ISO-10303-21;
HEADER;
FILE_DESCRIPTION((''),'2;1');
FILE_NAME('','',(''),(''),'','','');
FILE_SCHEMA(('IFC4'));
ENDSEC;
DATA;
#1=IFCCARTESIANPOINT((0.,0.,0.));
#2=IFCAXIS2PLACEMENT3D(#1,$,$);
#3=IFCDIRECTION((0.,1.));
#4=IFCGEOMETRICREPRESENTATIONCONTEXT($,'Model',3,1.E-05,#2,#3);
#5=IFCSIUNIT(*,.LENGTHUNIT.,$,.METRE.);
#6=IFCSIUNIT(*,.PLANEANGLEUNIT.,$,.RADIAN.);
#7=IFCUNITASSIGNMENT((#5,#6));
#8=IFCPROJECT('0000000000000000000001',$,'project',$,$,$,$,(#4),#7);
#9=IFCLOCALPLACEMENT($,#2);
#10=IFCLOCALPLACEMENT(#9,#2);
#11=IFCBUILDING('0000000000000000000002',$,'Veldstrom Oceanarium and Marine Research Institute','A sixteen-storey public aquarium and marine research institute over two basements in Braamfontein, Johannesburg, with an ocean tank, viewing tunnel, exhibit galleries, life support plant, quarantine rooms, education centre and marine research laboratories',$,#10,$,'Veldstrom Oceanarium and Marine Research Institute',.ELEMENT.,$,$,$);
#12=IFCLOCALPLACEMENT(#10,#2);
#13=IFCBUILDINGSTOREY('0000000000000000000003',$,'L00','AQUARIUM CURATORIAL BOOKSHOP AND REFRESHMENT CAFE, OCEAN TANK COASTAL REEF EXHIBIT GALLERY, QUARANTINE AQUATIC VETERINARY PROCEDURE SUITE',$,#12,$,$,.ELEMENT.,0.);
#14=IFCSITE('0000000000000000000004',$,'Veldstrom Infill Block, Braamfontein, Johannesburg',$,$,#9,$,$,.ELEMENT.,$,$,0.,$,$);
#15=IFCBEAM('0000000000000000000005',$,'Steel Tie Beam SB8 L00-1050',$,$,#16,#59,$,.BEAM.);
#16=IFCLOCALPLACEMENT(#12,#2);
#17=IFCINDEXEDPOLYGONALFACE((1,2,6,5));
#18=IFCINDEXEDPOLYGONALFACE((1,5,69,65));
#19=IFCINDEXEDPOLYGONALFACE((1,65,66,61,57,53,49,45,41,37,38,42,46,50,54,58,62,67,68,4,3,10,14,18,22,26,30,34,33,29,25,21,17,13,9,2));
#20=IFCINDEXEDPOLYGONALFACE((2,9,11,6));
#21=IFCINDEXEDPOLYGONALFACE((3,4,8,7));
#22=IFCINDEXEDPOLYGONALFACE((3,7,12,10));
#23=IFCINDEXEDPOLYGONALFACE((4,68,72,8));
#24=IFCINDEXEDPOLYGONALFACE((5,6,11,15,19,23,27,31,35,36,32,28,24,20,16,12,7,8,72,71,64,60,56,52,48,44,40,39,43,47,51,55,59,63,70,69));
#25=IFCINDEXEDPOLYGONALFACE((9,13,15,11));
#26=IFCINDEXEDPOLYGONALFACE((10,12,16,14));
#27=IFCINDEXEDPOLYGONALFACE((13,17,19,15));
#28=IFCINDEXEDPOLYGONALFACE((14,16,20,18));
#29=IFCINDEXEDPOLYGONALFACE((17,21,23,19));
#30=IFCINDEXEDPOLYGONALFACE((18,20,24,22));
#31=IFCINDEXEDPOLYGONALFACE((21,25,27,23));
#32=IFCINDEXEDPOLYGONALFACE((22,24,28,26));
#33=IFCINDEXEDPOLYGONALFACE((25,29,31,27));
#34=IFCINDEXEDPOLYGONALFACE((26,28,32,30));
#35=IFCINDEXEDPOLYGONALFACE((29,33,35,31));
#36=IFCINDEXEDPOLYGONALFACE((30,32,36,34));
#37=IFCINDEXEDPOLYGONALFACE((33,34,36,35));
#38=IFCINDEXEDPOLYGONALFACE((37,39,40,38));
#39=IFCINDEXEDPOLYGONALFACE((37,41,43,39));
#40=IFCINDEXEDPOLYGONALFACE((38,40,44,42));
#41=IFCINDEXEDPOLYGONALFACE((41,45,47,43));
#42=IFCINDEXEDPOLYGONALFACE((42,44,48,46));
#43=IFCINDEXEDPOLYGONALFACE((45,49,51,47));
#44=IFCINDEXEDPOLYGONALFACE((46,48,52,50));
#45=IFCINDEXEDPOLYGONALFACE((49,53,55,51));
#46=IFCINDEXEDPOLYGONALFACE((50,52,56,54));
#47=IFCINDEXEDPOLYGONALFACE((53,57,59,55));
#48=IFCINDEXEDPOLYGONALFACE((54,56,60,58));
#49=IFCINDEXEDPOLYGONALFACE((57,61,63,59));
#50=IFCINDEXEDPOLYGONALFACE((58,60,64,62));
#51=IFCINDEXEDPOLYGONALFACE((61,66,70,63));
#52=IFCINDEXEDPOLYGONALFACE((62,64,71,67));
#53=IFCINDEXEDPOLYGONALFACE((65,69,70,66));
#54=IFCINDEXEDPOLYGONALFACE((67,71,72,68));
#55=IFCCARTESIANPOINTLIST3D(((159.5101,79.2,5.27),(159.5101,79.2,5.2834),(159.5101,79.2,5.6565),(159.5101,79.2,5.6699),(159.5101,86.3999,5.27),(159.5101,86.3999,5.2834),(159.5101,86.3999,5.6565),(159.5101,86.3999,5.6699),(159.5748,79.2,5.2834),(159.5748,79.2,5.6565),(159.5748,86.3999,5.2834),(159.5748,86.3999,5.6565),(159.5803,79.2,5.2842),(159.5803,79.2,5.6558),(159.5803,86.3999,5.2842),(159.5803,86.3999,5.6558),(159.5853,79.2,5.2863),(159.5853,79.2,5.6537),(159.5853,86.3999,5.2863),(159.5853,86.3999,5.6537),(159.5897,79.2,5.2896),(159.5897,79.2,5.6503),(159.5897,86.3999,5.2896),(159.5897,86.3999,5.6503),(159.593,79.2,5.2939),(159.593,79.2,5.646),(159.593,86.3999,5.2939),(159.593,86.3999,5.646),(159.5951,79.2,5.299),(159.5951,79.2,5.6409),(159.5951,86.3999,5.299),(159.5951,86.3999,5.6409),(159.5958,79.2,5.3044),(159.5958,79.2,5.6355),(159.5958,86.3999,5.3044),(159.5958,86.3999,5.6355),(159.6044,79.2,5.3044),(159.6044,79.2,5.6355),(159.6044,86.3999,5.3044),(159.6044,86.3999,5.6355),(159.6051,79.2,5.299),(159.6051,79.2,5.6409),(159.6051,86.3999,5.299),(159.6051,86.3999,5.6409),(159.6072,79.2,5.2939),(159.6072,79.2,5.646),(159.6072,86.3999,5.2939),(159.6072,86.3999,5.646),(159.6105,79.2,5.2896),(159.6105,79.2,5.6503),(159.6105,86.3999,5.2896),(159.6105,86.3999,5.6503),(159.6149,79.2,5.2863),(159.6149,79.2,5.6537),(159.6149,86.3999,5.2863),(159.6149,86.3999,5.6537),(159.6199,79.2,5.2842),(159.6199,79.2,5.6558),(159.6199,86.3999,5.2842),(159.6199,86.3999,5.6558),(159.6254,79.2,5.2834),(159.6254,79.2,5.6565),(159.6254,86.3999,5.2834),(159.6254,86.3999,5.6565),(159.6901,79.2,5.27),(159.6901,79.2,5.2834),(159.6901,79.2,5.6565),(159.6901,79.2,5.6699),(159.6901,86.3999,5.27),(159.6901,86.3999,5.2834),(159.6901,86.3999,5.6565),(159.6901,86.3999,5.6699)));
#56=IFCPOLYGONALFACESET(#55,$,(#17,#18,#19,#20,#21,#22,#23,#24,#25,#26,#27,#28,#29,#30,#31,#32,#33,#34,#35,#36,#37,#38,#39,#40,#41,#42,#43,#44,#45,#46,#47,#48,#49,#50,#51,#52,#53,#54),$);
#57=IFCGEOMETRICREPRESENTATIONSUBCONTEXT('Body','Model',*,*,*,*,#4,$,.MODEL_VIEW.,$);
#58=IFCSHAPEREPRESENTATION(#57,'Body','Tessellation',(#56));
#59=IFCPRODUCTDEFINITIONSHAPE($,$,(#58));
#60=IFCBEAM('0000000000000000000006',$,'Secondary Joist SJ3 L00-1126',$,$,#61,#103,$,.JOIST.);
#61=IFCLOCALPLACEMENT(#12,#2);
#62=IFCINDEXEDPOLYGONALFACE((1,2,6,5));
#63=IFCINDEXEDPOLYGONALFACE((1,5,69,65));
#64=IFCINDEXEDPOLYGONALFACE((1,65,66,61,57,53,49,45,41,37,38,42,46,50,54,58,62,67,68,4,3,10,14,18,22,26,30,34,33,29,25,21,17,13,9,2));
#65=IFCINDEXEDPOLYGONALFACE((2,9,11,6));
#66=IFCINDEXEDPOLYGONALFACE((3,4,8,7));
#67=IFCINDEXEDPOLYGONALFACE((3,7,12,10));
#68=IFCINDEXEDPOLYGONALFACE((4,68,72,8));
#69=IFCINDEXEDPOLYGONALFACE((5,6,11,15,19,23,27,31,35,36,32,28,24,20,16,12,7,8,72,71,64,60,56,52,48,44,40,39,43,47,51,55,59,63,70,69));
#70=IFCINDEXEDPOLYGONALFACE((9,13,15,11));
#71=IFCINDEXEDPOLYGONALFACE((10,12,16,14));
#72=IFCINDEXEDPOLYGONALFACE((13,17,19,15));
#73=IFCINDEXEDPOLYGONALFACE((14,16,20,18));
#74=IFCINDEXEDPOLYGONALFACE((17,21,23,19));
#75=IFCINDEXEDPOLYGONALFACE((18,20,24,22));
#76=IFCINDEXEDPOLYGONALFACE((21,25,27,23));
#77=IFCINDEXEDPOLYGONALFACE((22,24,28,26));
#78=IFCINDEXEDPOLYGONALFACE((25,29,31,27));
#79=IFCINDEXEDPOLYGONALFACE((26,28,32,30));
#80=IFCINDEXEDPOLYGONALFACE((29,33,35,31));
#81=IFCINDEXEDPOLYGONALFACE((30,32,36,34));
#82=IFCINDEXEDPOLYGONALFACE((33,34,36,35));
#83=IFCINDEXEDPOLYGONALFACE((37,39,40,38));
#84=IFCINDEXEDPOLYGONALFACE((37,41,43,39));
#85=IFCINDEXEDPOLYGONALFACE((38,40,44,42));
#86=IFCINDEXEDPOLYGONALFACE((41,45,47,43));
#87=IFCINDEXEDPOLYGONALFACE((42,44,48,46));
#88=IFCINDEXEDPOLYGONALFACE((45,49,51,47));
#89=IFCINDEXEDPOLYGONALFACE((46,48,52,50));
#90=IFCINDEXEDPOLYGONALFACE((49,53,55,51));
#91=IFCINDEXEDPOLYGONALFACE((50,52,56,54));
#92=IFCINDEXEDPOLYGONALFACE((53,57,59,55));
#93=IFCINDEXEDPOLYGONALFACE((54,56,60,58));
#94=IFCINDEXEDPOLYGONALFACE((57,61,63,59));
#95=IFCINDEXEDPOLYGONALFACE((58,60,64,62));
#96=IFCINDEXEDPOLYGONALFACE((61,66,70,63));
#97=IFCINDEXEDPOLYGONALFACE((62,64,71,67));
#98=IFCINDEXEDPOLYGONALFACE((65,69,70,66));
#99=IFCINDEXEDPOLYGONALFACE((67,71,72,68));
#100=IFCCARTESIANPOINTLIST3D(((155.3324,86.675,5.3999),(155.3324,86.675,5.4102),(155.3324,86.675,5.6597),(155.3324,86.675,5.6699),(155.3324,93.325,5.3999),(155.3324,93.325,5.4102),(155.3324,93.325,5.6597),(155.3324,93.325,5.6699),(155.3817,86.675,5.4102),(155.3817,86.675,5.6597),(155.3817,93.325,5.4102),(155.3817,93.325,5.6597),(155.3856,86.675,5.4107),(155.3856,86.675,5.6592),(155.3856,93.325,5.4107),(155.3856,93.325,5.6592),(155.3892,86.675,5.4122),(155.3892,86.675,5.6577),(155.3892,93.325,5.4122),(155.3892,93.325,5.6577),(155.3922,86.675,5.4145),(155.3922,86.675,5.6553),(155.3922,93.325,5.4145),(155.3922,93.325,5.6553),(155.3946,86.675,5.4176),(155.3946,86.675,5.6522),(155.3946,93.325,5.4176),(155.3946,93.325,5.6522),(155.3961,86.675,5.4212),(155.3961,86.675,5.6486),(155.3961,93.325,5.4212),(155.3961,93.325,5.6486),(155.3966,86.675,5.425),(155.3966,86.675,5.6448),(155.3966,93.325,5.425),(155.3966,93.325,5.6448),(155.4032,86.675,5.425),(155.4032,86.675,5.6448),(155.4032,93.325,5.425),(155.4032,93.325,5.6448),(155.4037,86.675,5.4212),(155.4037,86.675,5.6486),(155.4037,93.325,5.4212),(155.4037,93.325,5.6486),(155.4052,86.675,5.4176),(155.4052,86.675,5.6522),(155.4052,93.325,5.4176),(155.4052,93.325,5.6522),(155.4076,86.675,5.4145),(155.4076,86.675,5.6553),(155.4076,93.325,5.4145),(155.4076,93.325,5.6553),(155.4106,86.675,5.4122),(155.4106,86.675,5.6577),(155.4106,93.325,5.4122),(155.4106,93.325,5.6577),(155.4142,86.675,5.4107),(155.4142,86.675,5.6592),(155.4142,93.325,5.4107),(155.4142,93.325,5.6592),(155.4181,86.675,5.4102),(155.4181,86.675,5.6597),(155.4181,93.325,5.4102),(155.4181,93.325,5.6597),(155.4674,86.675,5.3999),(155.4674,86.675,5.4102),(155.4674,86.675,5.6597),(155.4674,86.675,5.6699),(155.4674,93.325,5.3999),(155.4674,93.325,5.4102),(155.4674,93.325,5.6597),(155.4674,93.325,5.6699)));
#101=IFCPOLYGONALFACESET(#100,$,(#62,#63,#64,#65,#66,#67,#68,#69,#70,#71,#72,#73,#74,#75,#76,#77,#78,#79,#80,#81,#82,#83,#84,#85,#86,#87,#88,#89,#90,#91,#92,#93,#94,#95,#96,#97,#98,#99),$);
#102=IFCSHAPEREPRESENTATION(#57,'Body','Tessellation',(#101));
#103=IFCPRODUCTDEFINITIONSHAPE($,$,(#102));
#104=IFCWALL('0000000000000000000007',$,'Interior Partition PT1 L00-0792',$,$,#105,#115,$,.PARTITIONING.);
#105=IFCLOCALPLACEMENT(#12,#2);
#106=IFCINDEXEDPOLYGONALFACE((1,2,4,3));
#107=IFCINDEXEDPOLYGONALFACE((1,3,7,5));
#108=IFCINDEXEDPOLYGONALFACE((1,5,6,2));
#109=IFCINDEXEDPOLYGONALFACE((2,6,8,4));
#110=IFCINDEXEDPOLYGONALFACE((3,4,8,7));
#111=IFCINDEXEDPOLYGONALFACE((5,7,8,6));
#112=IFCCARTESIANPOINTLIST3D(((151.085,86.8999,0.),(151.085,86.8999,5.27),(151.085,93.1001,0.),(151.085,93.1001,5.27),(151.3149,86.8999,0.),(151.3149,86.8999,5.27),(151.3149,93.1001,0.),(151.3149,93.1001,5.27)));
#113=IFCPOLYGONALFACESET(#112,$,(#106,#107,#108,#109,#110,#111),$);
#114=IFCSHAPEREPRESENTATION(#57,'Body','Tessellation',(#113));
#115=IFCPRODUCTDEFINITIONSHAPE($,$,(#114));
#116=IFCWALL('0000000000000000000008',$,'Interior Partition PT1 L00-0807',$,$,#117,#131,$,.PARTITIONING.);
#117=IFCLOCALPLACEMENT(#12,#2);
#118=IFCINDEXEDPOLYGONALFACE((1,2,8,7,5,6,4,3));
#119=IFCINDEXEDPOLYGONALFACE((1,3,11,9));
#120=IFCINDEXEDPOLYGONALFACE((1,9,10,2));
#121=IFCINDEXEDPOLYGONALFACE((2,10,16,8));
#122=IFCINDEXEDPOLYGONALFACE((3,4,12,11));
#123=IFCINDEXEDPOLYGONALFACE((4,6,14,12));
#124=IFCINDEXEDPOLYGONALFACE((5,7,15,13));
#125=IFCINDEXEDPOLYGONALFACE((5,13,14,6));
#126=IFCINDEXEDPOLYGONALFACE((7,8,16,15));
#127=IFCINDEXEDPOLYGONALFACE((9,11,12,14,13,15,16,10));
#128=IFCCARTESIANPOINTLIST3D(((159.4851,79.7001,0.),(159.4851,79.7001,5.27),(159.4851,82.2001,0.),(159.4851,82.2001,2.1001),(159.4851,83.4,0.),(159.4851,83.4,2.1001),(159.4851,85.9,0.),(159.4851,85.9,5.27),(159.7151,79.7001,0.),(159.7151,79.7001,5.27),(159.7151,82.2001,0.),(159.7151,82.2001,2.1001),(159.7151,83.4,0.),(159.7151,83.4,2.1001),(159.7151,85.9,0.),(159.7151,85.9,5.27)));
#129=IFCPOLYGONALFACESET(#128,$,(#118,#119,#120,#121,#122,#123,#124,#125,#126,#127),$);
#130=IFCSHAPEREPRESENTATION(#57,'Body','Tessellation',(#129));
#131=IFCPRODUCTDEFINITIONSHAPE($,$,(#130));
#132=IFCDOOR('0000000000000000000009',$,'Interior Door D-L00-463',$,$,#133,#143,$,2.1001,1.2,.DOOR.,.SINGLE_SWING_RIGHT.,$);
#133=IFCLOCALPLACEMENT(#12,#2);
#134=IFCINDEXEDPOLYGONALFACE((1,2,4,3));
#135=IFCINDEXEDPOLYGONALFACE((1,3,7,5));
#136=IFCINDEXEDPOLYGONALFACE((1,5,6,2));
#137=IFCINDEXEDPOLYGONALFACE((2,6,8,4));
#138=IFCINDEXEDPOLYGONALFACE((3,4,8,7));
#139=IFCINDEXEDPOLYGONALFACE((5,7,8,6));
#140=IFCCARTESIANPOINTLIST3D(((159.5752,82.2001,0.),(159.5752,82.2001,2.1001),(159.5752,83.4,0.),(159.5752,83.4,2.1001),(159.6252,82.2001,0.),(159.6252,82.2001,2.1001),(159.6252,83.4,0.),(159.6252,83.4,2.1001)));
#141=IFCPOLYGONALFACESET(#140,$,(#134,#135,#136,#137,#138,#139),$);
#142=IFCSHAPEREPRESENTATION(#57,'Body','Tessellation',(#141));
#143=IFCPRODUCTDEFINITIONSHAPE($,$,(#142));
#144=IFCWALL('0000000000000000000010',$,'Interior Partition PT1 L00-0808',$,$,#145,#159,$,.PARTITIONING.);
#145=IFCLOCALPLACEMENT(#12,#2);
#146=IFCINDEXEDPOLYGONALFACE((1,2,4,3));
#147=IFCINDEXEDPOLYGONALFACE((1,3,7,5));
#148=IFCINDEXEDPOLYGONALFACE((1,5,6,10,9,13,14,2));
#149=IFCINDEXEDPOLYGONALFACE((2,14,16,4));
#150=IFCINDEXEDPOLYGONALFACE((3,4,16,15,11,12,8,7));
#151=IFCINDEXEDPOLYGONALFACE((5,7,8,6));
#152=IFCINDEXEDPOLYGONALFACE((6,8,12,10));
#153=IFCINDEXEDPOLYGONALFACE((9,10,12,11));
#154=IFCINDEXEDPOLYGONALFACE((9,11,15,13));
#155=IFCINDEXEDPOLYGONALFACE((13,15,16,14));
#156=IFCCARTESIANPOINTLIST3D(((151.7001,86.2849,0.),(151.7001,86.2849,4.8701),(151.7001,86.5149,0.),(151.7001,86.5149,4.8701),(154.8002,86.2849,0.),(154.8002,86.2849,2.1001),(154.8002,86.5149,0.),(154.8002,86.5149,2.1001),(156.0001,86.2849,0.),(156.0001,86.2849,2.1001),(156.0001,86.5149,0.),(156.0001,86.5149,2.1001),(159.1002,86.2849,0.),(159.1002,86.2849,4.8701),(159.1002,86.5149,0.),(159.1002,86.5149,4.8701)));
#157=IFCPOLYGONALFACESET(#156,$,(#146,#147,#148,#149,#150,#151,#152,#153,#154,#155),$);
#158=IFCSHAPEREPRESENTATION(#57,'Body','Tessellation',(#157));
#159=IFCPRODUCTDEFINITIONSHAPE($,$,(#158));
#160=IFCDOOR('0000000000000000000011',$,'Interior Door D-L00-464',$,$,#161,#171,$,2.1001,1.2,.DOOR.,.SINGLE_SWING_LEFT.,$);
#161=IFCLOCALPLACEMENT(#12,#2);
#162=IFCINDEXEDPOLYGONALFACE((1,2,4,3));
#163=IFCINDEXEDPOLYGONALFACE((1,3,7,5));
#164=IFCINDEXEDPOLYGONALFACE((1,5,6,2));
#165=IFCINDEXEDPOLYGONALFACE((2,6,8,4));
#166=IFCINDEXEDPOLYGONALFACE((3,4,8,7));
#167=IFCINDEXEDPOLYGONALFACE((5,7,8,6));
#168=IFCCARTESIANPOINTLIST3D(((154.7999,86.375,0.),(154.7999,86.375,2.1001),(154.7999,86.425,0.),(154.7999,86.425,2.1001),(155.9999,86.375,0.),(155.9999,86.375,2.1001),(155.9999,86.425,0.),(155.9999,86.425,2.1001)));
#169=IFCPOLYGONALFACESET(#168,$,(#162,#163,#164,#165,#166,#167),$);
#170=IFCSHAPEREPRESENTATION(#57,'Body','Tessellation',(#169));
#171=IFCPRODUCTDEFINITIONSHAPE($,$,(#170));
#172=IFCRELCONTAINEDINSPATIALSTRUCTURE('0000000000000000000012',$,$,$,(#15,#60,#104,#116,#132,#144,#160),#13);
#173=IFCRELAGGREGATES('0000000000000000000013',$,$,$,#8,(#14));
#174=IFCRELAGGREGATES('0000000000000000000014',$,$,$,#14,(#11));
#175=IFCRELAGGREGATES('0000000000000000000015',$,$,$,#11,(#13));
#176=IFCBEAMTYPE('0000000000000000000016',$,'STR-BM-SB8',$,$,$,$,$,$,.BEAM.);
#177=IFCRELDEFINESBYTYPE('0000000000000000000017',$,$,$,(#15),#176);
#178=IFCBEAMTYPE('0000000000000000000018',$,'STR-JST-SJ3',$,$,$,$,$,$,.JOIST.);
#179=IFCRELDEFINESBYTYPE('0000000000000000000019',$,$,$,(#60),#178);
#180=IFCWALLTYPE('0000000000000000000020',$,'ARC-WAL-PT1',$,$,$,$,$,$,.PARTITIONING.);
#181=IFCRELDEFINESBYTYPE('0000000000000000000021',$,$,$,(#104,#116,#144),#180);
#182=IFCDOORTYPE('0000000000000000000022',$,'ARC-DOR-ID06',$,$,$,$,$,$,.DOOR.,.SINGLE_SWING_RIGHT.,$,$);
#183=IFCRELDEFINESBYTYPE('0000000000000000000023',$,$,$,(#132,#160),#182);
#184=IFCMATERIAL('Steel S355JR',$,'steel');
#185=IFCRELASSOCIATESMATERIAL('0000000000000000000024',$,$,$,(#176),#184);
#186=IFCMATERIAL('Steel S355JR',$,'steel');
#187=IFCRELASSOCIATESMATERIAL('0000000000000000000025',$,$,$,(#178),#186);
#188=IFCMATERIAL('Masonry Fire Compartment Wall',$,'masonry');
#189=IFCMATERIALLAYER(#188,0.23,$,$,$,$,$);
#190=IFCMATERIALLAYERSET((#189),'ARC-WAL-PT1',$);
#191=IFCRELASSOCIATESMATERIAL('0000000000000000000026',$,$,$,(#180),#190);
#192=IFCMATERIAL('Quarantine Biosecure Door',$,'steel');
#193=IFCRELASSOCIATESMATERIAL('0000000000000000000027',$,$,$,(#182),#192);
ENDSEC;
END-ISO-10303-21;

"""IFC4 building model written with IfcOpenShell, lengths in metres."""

from ifc_helpers import new_model, si_unit, direction, frame, frame_2d, origin, origin_2d, place, context, subcontext, project, spatial, rectangle, i_section, extrude, material, layer, layer_set, material_profile, profile_set, type_object, element, fill, save


model = new_model("IFC4")

# Units and contexts
model_context = context("Model", 3, precision=1e-05, world=origin(), true_north=direction((0.0, 1.0)))
body_context = subcontext(model_context, "Body", "Model", "MODEL_VIEW")
ifc_project = project(units=[si_unit("LENGTHUNIT", "METRE"), si_unit("PLANEANGLEUNIT", "RADIAN")], contexts=[model_context])

# Site, building, storey
site_placement = place(None, origin())
site = spatial("IfcSite", under=ifc_project, at=site_placement, Name="Veldstrom Infill Block, Braamfontein, Johannesburg", CompositionType="ELEMENT", RefElevation=0.0)
building_placement = place(site_placement, origin())
building = spatial("IfcBuilding", under=site, at=building_placement, Name="Veldstrom Oceanarium and Marine Research Institute", Description="A sixteen-storey public aquarium and marine research institute over two basements in Braamfontein, Johannesburg, with an ocean tank, viewing tunnel, exhibit galleries, life support plant, quarantine rooms, education centre and marine research laboratories", LongName="Veldstrom Oceanarium and Marine Research Institute", CompositionType="ELEMENT")
storey_placement = place(building_placement, origin())
storey = spatial("IfcBuildingStorey", under=building, at=storey_placement, Name="L00", Description="AQUARIUM CURATORIAL BOOKSHOP AND REFRESHMENT CAFE, OCEAN TANK COASTAL REEF EXHIBIT GALLERY, QUARANTINE AQUATIC VETERINARY PROCEDURE SUITE", CompositionType="ELEMENT", Elevation=0.0)

# Beams
ifc_material_1 = material(Name="Steel S355JR", Category="steel")
ifc_material_profile_1 = material_profile(ifc_material_1, i_section(OverallWidth=0.1799, OverallDepth=0.3999, WebThickness=0.0085, FlangeThickness=0.0134, FilletRadius=0.021, at=origin_2d()), Name="IPE 400")
ifc_profile_set_1 = profile_set([ifc_material_profile_1], Name="Steel S355JR")
beam_type_1 = type_object("IfcBeamType", Name="STR-BM-SB8", PredefinedType="BEAM", material=ifc_profile_set_1)
beam_1_placement = place(storey_placement, frame((159.6001, 79.2, 5.47), z_axis=(0.0, 1.0, 0.0), x_axis=(-1.0, 0.0, 0.0)))
element("IfcBeam", 1, at=beam_1_placement, inside=storey, type_object=beam_type_1, Name="Steel Tie Beam SB8 L00-1050", PredefinedType="BEAM", context=body_context, shape_type="SweptSolid", body=[
    extrude(i_section(OverallWidth=0.1799, OverallDepth=0.3999, WebThickness=0.0085, FlangeThickness=0.0134, FilletRadius=0.021, at=origin_2d()), origin(), (0.0, 0.0, 1.0), 7.2),
])
ifc_material_2 = material(Name="Steel S355JR", Category="steel")
ifc_material_profile_2 = material_profile(ifc_material_2, i_section(OverallWidth=0.135, OverallDepth=0.27, WebThickness=0.0066, FlangeThickness=0.0103, FilletRadius=0.0149, at=origin_2d()), Name="IPE 270")
ifc_profile_set_2 = profile_set([ifc_material_profile_2], Name="Steel S355JR")
beam_type_2 = type_object("IfcBeamType", Name="STR-JST-SJ3", PredefinedType="JOIST", material=ifc_profile_set_2)
beam_2_placement = place(storey_placement, frame((155.3999, 86.675, 5.5349), z_axis=(0.0, 1.0, 0.0), x_axis=(-1.0, 0.0, 0.0)))
element("IfcBeam", 2, at=beam_2_placement, inside=storey, type_object=beam_type_2, Name="Secondary Joist SJ3 L00-1126", PredefinedType="JOIST", context=body_context, shape_type="SweptSolid", body=[
    extrude(i_section(OverallWidth=0.135, OverallDepth=0.27, WebThickness=0.0066, FlangeThickness=0.0103, FilletRadius=0.0149, at=origin_2d()), origin(), (0.0, 0.0, 1.0), 6.6499),
])

# Wall
ifc_material_3 = material(Name="Masonry Fire Compartment Wall", Category="masonry")
ifc_layer_1 = layer(ifc_material_3, 0.23)
ifc_layer_set_1 = layer_set([ifc_layer_1], Name="ARC-WAL-PT1")
wall_type_1 = type_object("IfcWallType", Name="ARC-WAL-PT1", PredefinedType="PARTITIONING", material=ifc_layer_set_1)
wall_1_placement = place(storey_placement, frame((151.2, 86.8999, 0.0), z_axis=(0.0, 0.0, 1.0), x_axis=(0.0, 1.0, 0.0)))
element("IfcWall", 3, at=wall_1_placement, inside=storey, type_object=wall_type_1, Name="Interior Partition PT1 L00-0792", PredefinedType="PARTITIONING", context=body_context, shape_type="SweptSolid", body=[
    extrude(rectangle(XDim=6.2002, YDim=0.23, at=frame_2d((3.1001, 0.0))), origin(), (0.0, 0.0, 1.0), 5.27),
])

# Walls, openings, doors
wall_2_placement = place(storey_placement, frame((159.6001, 79.7, 0.0), z_axis=(0.0, 0.0, 1.0), x_axis=(0.0, 1.0, 0.0)))
wall_2 = element("IfcWall", 4, at=wall_2_placement, inside=storey, type_object=wall_type_1, Name="Interior Partition PT1 L00-0807", PredefinedType="PARTITIONING", context=body_context, shape_type="SweptSolid", body=[
    extrude(rectangle(XDim=6.2, YDim=0.23, at=frame_2d((3.1001, 0.0))), origin(), (0.0, 0.0, 1.0), 5.27),
])
opening_1_placement = place(wall_2_placement, frame((2.5, 0.0, 0.0)))
opening_1 = element("IfcOpeningElement", 5, at=opening_1_placement, cuts=wall_2, PredefinedType="OPENING", context=body_context, shape_type="SweptSolid", body=[
    extrude(rectangle(XDim=1.2, YDim=2.1001, at=frame_2d((0.6001, 1.05))), frame((0.0, 0.125, 0.0), z_axis=(0.0, -1.0, 0.0), x_axis=(1.0, 0.0, 0.0)), (0.0, 0.0, 1.0), 0.25),
])
ifc_material_4 = material(Name="Quarantine Biosecure Door", Category="steel")
door_type = type_object("IfcDoorType", Name="ARC-DOR-ID06", OperationType="SINGLE_SWING_RIGHT", PredefinedType="DOOR", material=ifc_material_4)
door_1_placement = place(opening_1_placement, origin())
door_1 = element("IfcDoor", 6, at=door_1_placement, inside=storey, type_object=door_type, Name="Interior Door D-L00-463", OperationType="SINGLE_SWING_RIGHT", OverallHeight=2.1001, OverallWidth=1.2, PredefinedType="DOOR", context=body_context, shape_type="SweptSolid", body=[
    extrude(rectangle(XDim=1.2, YDim=2.1001, at=frame_2d((0.6001, 1.05))), frame((0.0, 0.0249, 0.0), z_axis=(0.0, -1.0, 0.0), x_axis=(1.0, 0.0, 0.0)), (0.0, 0.0, 1.0), 0.05),
])
fill(opening_1, door_1)
wall_3_placement = place(storey_placement, frame((151.7, 86.3999, 0.0), z_axis=(0.0, 0.0, 1.0), x_axis=(1.0, 0.0, 0.0)))
wall_3 = element("IfcWall", 7, at=wall_3_placement, inside=storey, type_object=wall_type_1, Name="Interior Partition PT1 L00-0808", PredefinedType="PARTITIONING", context=body_context, shape_type="SweptSolid", body=[
    extrude(rectangle(XDim=7.4001, YDim=0.23, at=frame_2d((3.7002, 0.0))), origin(), (0.0, 0.0, 1.0), 4.8701),
])
opening_2_placement = place(wall_3_placement, frame((3.1001, 0.0, 0.0)))
opening_2 = element("IfcOpeningElement", 8, at=opening_2_placement, cuts=wall_3, PredefinedType="OPENING", context=body_context, shape_type="SweptSolid", body=[
    extrude(rectangle(XDim=1.2, YDim=2.1001, at=frame_2d((0.6001, 1.05))), frame((0.0, 0.125, 0.0), z_axis=(0.0, -1.0, 0.0), x_axis=(1.0, 0.0, 0.0)), (0.0, 0.0, 1.0), 0.25),
])
door_2_placement = place(opening_2_placement, frame((1.2, 0.0, 0.0), z_axis=(0.0, 0.0, 1.0), x_axis=(-1.0, 0.0, 0.0)))
door_2 = element("IfcDoor", 9, at=door_2_placement, inside=storey, type_object=door_type, Name="Interior Door D-L00-464", OperationType="SINGLE_SWING_LEFT", OverallHeight=2.1001, OverallWidth=1.2, PredefinedType="DOOR", context=body_context, shape_type="SweptSolid", body=[
    extrude(rectangle(XDim=1.2, YDim=2.1001, at=frame_2d((0.6001, 1.05))), frame((0.0, 0.0249, 0.0), z_axis=(0.0, -1.0, 0.0), x_axis=(1.0, 0.0, 0.0)), (0.0, 0.0, 1.0), 0.05),
])
fill(opening_2, door_2)

save(model, "model.ifc")
